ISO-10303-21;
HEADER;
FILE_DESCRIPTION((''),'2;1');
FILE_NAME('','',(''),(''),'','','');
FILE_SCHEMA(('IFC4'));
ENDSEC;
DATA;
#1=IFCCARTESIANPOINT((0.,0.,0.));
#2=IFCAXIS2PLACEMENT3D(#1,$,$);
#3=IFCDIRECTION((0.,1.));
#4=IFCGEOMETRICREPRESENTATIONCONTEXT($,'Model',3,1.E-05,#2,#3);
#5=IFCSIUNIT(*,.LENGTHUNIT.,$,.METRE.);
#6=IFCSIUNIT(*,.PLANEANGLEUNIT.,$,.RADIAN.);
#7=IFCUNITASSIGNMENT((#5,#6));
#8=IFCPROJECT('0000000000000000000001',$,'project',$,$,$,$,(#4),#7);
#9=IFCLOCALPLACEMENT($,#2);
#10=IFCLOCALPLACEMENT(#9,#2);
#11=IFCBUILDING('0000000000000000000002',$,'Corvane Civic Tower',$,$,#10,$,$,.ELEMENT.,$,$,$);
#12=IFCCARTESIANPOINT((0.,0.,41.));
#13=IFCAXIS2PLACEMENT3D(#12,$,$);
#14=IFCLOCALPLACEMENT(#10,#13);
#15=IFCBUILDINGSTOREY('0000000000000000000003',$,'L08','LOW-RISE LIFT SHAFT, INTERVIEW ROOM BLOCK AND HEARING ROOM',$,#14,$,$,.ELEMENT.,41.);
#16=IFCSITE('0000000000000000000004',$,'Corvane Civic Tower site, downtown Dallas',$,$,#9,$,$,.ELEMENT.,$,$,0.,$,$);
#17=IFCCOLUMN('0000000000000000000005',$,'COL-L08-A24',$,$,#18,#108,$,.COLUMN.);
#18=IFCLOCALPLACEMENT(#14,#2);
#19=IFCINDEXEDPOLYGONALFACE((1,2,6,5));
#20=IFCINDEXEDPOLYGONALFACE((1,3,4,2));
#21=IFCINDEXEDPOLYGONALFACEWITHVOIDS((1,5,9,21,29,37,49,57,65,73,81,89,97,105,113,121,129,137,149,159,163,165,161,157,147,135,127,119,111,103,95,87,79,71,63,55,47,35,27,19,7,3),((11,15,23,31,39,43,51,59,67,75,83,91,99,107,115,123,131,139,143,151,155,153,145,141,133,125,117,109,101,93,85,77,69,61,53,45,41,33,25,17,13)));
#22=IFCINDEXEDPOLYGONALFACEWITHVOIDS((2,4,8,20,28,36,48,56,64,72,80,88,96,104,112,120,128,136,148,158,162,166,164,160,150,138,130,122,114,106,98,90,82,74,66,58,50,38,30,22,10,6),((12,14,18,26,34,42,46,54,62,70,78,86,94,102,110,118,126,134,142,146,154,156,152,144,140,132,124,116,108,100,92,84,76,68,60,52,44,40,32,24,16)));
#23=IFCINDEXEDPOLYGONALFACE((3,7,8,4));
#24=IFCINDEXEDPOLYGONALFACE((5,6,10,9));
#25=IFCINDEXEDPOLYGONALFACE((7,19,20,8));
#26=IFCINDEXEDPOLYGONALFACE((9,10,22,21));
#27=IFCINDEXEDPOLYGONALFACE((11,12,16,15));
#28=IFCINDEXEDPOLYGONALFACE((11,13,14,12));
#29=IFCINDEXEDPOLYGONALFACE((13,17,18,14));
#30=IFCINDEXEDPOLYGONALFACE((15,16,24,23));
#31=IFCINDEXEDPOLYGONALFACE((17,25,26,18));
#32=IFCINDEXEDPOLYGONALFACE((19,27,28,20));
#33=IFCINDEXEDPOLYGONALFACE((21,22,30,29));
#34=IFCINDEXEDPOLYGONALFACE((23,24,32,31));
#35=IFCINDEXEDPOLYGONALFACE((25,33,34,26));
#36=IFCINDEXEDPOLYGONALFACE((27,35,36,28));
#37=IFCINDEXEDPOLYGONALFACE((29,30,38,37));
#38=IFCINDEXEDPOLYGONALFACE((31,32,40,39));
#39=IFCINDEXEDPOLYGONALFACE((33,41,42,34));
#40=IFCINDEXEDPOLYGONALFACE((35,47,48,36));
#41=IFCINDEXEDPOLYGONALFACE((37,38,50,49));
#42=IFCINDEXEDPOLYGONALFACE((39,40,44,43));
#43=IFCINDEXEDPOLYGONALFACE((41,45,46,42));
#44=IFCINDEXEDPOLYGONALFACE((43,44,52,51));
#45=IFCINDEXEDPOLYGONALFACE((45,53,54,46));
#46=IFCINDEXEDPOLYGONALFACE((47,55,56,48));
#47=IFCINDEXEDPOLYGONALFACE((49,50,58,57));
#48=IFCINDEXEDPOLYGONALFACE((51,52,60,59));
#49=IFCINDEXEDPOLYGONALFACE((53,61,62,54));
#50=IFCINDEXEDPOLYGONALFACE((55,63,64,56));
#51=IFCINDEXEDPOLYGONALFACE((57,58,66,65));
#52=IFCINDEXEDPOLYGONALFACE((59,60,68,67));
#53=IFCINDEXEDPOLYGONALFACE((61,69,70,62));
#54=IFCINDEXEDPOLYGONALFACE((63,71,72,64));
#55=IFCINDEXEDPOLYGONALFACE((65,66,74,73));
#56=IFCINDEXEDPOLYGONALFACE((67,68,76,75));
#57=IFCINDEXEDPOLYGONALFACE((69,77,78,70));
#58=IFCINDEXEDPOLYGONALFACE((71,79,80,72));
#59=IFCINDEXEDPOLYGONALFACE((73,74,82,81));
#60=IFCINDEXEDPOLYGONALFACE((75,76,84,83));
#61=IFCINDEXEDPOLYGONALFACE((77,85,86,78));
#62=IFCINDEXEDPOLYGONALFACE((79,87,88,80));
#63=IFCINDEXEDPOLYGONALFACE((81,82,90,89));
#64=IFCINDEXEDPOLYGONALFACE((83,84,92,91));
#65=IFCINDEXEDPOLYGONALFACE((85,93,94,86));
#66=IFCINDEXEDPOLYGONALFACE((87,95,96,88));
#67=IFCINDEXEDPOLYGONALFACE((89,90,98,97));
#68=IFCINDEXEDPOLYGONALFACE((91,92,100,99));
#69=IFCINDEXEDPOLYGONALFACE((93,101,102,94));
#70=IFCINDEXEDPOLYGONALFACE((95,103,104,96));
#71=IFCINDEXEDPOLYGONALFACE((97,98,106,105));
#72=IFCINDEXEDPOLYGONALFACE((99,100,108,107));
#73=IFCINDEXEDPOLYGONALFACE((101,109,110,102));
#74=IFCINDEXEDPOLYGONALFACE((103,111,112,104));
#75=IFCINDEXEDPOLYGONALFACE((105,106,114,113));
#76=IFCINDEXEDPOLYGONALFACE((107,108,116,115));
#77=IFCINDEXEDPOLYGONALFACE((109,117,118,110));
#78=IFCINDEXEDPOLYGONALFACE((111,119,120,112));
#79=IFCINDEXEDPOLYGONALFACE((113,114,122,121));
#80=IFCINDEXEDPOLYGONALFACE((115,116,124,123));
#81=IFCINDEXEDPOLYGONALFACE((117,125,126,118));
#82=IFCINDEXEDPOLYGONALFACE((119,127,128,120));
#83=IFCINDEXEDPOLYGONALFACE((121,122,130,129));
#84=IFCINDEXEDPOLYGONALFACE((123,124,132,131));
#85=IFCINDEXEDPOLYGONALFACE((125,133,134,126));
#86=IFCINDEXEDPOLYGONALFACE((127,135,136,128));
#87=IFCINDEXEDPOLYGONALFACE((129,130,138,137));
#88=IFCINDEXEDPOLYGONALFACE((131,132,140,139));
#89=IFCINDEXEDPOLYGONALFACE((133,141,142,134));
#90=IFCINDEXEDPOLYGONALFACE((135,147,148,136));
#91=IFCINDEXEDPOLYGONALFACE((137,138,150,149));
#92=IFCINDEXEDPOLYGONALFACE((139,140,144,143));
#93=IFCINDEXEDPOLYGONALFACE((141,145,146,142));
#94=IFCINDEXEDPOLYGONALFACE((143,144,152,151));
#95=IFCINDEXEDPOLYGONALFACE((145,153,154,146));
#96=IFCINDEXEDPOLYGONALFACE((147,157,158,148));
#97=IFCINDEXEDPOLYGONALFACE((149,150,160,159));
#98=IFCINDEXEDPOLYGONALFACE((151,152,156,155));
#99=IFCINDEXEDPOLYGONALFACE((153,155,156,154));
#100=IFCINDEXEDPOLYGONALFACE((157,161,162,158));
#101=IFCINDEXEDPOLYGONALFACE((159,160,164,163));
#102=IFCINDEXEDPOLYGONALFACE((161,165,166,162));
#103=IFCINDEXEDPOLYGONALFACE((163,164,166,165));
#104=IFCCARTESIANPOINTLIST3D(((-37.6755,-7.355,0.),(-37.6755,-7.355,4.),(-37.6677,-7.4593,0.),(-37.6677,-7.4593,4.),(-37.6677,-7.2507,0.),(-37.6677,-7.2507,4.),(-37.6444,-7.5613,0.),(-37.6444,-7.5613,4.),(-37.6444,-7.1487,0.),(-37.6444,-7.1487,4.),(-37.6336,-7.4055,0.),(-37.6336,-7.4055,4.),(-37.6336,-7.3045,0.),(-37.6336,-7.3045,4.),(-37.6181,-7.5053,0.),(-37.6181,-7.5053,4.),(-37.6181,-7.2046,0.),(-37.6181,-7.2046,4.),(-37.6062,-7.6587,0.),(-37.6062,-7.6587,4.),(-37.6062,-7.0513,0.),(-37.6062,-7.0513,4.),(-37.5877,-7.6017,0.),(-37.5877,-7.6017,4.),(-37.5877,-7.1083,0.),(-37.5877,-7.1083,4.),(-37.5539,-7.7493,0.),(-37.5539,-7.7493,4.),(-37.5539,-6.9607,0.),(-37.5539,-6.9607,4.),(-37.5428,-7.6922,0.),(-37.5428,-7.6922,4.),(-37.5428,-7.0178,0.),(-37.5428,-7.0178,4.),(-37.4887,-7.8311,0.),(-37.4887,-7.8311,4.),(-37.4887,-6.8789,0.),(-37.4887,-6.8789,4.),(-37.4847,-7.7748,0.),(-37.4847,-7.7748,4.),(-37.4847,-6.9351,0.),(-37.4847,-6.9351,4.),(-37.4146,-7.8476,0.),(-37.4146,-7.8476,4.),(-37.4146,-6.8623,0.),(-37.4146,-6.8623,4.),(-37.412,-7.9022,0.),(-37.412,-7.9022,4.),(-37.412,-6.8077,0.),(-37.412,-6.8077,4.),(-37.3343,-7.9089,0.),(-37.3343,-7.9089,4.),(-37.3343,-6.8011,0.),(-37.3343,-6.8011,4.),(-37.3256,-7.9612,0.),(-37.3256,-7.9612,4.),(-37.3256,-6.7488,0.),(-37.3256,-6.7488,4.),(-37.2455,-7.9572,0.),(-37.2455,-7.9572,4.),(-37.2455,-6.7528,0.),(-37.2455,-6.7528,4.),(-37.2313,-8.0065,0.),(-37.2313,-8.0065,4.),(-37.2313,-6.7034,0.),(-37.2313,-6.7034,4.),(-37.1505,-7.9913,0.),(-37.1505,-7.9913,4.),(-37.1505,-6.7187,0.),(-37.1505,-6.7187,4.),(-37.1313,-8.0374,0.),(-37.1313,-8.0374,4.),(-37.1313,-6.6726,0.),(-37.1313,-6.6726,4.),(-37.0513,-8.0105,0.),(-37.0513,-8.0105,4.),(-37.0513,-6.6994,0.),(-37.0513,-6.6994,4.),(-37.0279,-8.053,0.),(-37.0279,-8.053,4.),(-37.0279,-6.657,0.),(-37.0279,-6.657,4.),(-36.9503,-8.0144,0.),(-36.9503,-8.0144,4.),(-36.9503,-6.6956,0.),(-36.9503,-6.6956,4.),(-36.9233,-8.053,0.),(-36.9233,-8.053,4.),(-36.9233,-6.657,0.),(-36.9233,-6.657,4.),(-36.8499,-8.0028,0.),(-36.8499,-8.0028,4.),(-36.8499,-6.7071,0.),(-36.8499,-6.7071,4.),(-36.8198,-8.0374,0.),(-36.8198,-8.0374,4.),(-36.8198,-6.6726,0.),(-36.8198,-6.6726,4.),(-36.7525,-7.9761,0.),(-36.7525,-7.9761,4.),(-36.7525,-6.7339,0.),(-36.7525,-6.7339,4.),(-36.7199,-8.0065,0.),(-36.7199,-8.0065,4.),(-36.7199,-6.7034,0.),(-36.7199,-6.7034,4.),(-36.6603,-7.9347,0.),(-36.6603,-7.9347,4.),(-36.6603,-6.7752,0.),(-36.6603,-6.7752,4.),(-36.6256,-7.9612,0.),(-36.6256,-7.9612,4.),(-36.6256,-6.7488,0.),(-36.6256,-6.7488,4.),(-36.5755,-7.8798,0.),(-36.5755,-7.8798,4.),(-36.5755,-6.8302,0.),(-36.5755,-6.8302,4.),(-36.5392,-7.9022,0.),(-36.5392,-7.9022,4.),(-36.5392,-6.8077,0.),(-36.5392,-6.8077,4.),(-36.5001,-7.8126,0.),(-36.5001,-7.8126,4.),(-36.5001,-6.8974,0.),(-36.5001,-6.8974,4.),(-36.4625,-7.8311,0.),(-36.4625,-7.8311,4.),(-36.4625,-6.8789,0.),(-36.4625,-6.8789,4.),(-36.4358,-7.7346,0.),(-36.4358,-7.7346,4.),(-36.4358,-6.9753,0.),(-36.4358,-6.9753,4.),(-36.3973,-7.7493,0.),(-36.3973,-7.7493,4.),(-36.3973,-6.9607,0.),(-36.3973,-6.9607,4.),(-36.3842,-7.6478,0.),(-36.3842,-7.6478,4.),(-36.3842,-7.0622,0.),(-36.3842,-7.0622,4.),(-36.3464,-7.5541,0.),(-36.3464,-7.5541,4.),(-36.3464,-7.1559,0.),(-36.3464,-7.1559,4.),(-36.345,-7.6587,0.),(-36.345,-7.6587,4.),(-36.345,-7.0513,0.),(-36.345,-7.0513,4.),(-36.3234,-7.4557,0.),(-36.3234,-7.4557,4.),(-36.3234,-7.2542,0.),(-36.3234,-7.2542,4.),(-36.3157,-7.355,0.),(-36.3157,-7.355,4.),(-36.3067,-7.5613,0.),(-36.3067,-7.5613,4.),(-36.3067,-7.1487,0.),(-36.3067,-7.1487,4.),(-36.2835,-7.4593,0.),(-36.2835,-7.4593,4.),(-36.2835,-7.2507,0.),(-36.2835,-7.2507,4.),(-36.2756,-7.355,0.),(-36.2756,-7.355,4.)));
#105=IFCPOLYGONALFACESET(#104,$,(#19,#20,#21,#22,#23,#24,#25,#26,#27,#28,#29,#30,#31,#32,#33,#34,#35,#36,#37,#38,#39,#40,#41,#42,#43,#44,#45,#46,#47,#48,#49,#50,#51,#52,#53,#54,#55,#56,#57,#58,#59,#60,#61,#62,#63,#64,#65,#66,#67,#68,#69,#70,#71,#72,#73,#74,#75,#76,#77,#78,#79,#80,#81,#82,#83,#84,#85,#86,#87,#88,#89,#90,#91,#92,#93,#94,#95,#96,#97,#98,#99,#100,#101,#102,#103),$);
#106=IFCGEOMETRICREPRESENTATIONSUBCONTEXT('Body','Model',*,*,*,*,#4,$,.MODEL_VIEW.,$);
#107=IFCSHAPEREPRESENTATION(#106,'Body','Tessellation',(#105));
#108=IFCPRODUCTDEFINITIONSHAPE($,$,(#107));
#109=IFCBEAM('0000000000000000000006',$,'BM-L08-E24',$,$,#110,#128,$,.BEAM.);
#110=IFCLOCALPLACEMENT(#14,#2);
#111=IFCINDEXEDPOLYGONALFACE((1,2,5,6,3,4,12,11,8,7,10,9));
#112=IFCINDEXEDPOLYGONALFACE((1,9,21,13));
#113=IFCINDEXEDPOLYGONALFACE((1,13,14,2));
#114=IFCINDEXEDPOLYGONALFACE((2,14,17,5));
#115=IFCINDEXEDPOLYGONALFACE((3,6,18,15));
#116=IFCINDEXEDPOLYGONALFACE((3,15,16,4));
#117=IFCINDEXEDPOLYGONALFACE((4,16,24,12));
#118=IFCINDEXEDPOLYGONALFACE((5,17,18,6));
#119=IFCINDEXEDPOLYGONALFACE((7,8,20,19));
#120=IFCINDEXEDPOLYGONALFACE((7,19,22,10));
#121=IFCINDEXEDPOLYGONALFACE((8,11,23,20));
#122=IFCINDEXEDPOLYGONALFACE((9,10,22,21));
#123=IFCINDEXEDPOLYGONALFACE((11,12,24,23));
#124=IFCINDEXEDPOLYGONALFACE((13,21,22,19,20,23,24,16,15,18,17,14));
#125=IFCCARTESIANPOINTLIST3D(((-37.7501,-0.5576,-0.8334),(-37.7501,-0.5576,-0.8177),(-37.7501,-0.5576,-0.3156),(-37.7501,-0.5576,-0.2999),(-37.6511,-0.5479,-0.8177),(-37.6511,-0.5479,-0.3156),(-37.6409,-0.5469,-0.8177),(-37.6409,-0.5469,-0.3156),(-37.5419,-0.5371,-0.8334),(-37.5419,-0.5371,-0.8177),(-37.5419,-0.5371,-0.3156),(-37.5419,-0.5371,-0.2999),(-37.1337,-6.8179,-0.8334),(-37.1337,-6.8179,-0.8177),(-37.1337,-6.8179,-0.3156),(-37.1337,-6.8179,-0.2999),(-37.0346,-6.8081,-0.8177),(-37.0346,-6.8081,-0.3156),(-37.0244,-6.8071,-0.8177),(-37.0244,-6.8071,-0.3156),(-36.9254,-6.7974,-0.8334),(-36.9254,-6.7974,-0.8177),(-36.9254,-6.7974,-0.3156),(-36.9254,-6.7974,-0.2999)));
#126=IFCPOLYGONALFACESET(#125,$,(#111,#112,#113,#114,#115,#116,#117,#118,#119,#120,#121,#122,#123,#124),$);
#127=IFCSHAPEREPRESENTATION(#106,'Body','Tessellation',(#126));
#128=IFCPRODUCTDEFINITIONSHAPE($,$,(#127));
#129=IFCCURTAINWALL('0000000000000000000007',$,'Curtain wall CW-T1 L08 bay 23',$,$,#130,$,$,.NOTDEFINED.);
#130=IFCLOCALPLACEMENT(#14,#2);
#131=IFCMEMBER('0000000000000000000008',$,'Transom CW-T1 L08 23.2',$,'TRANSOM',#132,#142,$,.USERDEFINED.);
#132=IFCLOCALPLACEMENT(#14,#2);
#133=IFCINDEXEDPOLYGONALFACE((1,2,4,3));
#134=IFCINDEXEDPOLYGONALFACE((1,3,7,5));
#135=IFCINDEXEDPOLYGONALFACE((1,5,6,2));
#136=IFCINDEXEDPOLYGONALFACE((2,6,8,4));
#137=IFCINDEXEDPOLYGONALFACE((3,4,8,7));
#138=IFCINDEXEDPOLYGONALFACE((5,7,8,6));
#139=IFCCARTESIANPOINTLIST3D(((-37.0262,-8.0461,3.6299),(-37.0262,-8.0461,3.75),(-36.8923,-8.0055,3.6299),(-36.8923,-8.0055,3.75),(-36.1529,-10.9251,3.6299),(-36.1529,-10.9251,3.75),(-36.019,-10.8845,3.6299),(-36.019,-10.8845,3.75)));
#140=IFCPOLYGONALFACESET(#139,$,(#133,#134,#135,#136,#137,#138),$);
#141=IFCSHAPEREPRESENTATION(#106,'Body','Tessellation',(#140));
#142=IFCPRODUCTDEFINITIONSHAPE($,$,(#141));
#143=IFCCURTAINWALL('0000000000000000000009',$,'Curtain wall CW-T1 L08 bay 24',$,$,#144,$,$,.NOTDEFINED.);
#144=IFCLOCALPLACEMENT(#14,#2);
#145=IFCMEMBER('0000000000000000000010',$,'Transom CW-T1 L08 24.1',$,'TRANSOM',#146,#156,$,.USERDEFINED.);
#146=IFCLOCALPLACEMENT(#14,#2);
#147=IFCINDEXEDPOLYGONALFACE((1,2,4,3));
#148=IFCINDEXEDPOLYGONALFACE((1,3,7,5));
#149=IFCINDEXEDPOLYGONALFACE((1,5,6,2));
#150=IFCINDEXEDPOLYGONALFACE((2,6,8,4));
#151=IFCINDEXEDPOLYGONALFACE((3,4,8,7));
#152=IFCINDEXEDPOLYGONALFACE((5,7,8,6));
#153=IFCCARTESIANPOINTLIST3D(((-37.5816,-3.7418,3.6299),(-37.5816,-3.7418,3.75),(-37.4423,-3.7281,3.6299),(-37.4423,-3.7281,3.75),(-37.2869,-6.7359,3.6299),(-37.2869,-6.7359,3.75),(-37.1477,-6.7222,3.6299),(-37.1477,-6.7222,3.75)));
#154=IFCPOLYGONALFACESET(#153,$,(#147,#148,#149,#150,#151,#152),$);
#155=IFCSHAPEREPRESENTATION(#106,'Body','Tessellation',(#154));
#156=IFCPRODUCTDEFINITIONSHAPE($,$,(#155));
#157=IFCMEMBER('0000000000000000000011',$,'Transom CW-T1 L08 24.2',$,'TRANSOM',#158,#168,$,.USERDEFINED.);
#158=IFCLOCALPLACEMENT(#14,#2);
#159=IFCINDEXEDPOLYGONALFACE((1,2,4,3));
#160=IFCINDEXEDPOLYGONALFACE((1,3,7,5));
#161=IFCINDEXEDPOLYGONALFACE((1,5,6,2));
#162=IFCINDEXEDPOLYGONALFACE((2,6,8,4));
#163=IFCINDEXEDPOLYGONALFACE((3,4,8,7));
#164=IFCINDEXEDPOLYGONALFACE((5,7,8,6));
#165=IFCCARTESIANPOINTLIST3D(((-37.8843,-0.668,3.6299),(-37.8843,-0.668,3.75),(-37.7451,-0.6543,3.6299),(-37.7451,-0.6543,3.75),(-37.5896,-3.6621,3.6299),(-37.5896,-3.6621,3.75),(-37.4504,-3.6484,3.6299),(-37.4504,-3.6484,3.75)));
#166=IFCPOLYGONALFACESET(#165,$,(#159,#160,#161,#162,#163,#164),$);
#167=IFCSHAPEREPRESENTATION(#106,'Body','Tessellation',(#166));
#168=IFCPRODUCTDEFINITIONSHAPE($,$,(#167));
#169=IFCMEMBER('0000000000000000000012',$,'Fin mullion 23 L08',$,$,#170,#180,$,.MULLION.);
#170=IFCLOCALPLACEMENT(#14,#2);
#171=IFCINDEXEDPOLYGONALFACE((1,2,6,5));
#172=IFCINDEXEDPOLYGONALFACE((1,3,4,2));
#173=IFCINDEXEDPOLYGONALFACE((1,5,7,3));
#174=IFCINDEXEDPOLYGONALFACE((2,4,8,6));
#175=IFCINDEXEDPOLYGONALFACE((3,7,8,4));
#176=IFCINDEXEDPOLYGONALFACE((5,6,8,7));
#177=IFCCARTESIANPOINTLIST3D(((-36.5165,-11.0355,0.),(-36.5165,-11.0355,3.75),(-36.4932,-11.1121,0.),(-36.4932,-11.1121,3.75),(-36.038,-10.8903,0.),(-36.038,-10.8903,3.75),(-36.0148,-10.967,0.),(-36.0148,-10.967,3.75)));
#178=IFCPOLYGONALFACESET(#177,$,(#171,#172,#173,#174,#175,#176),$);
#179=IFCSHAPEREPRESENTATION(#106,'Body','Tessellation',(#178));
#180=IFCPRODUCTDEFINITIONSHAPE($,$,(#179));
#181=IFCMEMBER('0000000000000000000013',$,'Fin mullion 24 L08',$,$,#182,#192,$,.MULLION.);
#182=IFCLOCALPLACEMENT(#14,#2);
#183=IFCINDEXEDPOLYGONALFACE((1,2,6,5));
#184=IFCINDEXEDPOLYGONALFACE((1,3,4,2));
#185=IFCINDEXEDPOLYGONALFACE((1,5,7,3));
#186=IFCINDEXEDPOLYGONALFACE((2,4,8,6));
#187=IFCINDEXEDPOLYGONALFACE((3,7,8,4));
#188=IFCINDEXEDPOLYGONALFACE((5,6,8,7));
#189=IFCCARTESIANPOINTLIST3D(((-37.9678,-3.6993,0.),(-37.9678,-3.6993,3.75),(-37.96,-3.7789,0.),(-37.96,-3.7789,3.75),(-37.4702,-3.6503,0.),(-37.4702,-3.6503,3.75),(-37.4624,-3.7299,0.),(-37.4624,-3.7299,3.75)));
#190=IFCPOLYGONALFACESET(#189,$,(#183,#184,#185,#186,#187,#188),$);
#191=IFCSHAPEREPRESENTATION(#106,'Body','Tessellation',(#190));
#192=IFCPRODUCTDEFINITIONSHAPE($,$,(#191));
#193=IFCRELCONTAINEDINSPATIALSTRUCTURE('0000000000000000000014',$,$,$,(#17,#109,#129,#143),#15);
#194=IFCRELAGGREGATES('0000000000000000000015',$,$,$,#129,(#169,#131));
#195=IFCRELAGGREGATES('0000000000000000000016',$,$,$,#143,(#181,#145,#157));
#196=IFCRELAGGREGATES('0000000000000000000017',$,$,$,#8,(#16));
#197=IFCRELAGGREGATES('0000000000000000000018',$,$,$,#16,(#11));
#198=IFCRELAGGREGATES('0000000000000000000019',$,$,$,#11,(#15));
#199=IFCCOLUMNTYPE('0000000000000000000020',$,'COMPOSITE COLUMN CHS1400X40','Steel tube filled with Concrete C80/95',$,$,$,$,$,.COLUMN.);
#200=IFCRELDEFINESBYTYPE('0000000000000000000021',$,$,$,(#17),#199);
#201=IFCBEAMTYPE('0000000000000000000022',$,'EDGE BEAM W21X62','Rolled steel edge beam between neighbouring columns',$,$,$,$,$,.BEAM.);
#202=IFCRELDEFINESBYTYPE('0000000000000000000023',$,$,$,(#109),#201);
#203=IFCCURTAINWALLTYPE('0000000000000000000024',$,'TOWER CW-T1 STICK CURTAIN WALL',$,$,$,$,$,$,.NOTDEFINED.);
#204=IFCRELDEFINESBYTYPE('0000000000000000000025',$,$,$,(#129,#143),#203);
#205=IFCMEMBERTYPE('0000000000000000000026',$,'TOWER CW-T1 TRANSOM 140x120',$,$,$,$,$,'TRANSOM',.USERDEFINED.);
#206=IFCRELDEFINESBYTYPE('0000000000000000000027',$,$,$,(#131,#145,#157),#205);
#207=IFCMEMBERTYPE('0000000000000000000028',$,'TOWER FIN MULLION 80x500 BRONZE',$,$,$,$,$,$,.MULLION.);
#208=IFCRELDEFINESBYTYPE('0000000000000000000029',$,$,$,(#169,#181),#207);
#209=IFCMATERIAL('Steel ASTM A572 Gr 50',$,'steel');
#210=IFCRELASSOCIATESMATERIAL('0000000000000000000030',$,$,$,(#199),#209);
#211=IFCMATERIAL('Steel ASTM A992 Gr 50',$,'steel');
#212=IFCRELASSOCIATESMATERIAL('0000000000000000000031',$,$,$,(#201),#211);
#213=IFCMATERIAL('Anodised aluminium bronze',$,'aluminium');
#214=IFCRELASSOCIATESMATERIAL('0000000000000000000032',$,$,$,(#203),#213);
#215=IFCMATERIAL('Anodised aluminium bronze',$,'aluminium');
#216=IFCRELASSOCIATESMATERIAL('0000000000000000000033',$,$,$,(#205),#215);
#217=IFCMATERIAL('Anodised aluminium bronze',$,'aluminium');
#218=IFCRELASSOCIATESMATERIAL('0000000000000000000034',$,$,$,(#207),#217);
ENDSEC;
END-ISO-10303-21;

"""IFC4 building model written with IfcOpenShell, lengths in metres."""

from ifc_helpers import new_model, si_unit, direction, frame, origin, origin_2d, place, context, subcontext, project, spatial, rectangle, hollow_circle, i_section, extrude, material, material_profile, profile_set, type_object, element, aggregate, save


model = new_model("IFC4")

# Units and contexts
model_context = context("Model", 3, precision=1e-05, world=origin(), true_north=direction((0.0, 1.0)))
body_context = subcontext(model_context, "Body", "Model", "MODEL_VIEW")
ifc_project = project(units=[si_unit("LENGTHUNIT", "METRE"), si_unit("PLANEANGLEUNIT", "RADIAN")], contexts=[model_context])

# Site, building, storey
site_placement = place(None, origin())
site = spatial("IfcSite", under=ifc_project, at=site_placement, Name="Corvane Civic Tower site, downtown Dallas", CompositionType="ELEMENT", RefElevation=0.0)
building_placement = place(site_placement, origin())
building = spatial("IfcBuilding", under=site, at=building_placement, Name="Corvane Civic Tower", CompositionType="ELEMENT")
storey_placement = place(building_placement, frame((0.0, 0.0, 41.0)))
storey = spatial("IfcBuildingStorey", under=building, at=storey_placement, Name="L08", Description="LOW-RISE LIFT SHAFT, INTERVIEW ROOM BLOCK AND HEARING ROOM", CompositionType="ELEMENT", Elevation=41.0)

# Column
ifc_material_1 = material(Name="Steel ASTM A572 Gr 50", Category="steel")
ifc_material_profile_1 = material_profile(ifc_material_1, hollow_circle(Radius=0.7, WallThickness=0.04, at=origin_2d()), Name="CHS1400X40")
ifc_profile_set_1 = profile_set([ifc_material_profile_1], Name="Steel ASTM A572 Gr 50")
column_type = type_object("IfcColumnType", Name="COMPOSITE COLUMN CHS1400X40", Description="Steel tube filled with Concrete C80/95", PredefinedType="COLUMN", material=ifc_profile_set_1)
column_placement = place(storey_placement, frame((-36.9756, -7.355, 0.0), z_axis=(0.0, 0.0, 1.0), x_axis=(1.0, 0.0, 0.0)))
element("IfcColumn", 1, at=column_placement, inside=storey, type_object=column_type, Name="COL-L08-A24", PredefinedType="COLUMN", context=body_context, shape_type="SweptSolid", body=[
    extrude(hollow_circle(Radius=0.7, WallThickness=0.04, at=origin_2d()), origin(), (0.0, 0.0, 1.0), 4.0),
])

# Beam
ifc_material_2 = material(Name="Steel ASTM A992 Gr 50", Category="steel")
ifc_material_profile_2 = material_profile(ifc_material_2, i_section(OverallWidth=0.2092, OverallDepth=0.5334, WebThickness=0.0103, FlangeThickness=0.0156, at=origin_2d()), Name="W21X62")
ifc_profile_set_2 = profile_set([ifc_material_profile_2], Name="Steel ASTM A992 Gr 50")
beam_type = type_object("IfcBeamType", Name="EDGE BEAM W21X62", Description="Rolled steel edge beam between neighbouring columns", PredefinedType="BEAM", material=ifc_profile_set_2)
beam_placement = place(storey_placement, frame((-37.0295, -6.8076, -0.5667), z_axis=(-0.097997, 0.995187, 0.0), x_axis=(-0.995187, -0.097997, 0.0)))
element("IfcBeam", 2, at=beam_placement, inside=storey, type_object=beam_type, Name="BM-L08-E24", PredefinedType="BEAM", context=body_context, shape_type="SweptSolid", body=[
    extrude(i_section(OverallWidth=0.2092, OverallDepth=0.5334, WebThickness=0.0103, FlangeThickness=0.0156, at=origin_2d()), origin(), (0.0, 0.0, 1.0), 6.2905),
])

# Curtain wall, member
ifc_material_3 = material(Name="Anodised aluminium bronze", Category="aluminium")
curtain_wall_type = type_object("IfcCurtainWallType", Name="TOWER CW-T1 STICK CURTAIN WALL", PredefinedType="NOTDEFINED", material=ifc_material_3)
curtain_wall_1_placement = place(storey_placement, origin())
curtain_wall_1 = element("IfcCurtainWall", 3, at=curtain_wall_1_placement, inside=storey, type_object=curtain_wall_type, Name="Curtain wall CW-T1 L08 bay 23", PredefinedType="NOTDEFINED")
ifc_material_4 = material(Name="Anodised aluminium bronze", Category="aluminium")
ifc_material_profile_3 = material_profile(ifc_material_4, rectangle(XDim=0.1399, YDim=0.1201, at=origin_2d()), Name="TOWER CW-T1 TRANSOM 140x120")
ifc_profile_set_3 = profile_set([ifc_material_profile_3], Name="Anodised aluminium bronze")
member_type_1 = type_object("IfcMemberType", Name="TOWER CW-T1 TRANSOM 140x120", ElementType="TRANSOM", PredefinedType="USERDEFINED", material=ifc_profile_set_3)
member_1_placement = place(storey_placement, frame((-36.0859, -10.9048, 3.6899), z_axis=(-0.29028, 0.956942, 0.0), x_axis=(-0.956942, -0.29028, 0.0)))
member_1 = element("IfcMember", 4, at=member_1_placement, type_object=member_type_1, Name="Transom CW-T1 L08 23.2", ObjectType="TRANSOM", PredefinedType="USERDEFINED", context=body_context, shape_type="SweptSolid", body=[
    extrude(rectangle(XDim=0.1399, YDim=0.1201, at=origin_2d()), origin(), (0.0, 0.0, 1.0), 3.0085),
])

# Curtain wall, members
curtain_wall_2_placement = place(storey_placement, origin())
curtain_wall_2 = element("IfcCurtainWall", 5, at=curtain_wall_2_placement, inside=storey, type_object=curtain_wall_type, Name="Curtain wall CW-T1 L08 bay 24", PredefinedType="NOTDEFINED")
member_2_placement = place(storey_placement, frame((-37.2173, -6.729, 3.6899), z_axis=(-0.097945, 0.995192, 0.0), x_axis=(-0.995192, -0.097945, 0.0)))
member_2 = element("IfcMember", 6, at=member_2_placement, type_object=member_type_1, Name="Transom CW-T1 L08 24.1", ObjectType="TRANSOM", PredefinedType="USERDEFINED", context=body_context, shape_type="SweptSolid", body=[
    extrude(rectangle(XDim=0.1399, YDim=0.1201, at=origin_2d()), origin(), (0.0, 0.0, 1.0), 3.0085),
])
member_3_placement = place(storey_placement, frame((-37.52, -3.6553, 3.6899), z_axis=(-0.097945, 0.995192, 0.0), x_axis=(-0.995192, -0.097945, 0.0)))
member_3 = element("IfcMember", 7, at=member_3_placement, type_object=member_type_1, Name="Transom CW-T1 L08 24.2", ObjectType="TRANSOM", PredefinedType="USERDEFINED", context=body_context, shape_type="SweptSolid", body=[
    extrude(rectangle(XDim=0.1399, YDim=0.1201, at=origin_2d()), origin(), (0.0, 0.0, 1.0), 3.0085),
])

# Members
ifc_material_5 = material(Name="Anodised aluminium bronze", Category="aluminium")
ifc_material_profile_4 = material_profile(ifc_material_5, rectangle(XDim=0.0801, YDim=0.5, at=origin_2d()), Name="TOWER FIN MULLION 80x500 BRONZE")
ifc_profile_set_4 = profile_set([ifc_material_profile_4], Name="Anodised aluminium bronze")
member_type_2 = type_object("IfcMemberType", Name="TOWER FIN MULLION 80x500 BRONZE", PredefinedType="MULLION", material=ifc_profile_set_4)
member_4_placement = place(storey_placement, frame((-36.2656, -11.0012, 0.0), z_axis=(0.0, 0.0, 1.0), x_axis=(-0.290278, 0.956942, 0.0)))
member_4 = element("IfcMember", 8, at=member_4_placement, type_object=member_type_2, Name="Fin mullion 23 L08", PredefinedType="MULLION", context=body_context, shape_type="SweptSolid", body=[
    extrude(rectangle(XDim=0.0801, YDim=0.5, at=origin_2d()), origin(), (0.0, 0.0, 1.0), 3.75),
])
member_5_placement = place(storey_placement, frame((-37.7151, -3.7146, 0.0), z_axis=(0.0, 0.0, 1.0), x_axis=(-0.098006, 0.995186, 0.0)))
member_5 = element("IfcMember", 9, at=member_5_placement, type_object=member_type_2, Name="Fin mullion 24 L08", PredefinedType="MULLION", context=body_context, shape_type="SweptSolid", body=[
    extrude(rectangle(XDim=0.0801, YDim=0.5, at=origin_2d()), origin(), (0.0, 0.0, 1.0), 3.75),
])

aggregate(curtain_wall_1, [member_4, member_1])
aggregate(curtain_wall_2, [member_5, member_2, member_3])

save(model, "model.ifc")
